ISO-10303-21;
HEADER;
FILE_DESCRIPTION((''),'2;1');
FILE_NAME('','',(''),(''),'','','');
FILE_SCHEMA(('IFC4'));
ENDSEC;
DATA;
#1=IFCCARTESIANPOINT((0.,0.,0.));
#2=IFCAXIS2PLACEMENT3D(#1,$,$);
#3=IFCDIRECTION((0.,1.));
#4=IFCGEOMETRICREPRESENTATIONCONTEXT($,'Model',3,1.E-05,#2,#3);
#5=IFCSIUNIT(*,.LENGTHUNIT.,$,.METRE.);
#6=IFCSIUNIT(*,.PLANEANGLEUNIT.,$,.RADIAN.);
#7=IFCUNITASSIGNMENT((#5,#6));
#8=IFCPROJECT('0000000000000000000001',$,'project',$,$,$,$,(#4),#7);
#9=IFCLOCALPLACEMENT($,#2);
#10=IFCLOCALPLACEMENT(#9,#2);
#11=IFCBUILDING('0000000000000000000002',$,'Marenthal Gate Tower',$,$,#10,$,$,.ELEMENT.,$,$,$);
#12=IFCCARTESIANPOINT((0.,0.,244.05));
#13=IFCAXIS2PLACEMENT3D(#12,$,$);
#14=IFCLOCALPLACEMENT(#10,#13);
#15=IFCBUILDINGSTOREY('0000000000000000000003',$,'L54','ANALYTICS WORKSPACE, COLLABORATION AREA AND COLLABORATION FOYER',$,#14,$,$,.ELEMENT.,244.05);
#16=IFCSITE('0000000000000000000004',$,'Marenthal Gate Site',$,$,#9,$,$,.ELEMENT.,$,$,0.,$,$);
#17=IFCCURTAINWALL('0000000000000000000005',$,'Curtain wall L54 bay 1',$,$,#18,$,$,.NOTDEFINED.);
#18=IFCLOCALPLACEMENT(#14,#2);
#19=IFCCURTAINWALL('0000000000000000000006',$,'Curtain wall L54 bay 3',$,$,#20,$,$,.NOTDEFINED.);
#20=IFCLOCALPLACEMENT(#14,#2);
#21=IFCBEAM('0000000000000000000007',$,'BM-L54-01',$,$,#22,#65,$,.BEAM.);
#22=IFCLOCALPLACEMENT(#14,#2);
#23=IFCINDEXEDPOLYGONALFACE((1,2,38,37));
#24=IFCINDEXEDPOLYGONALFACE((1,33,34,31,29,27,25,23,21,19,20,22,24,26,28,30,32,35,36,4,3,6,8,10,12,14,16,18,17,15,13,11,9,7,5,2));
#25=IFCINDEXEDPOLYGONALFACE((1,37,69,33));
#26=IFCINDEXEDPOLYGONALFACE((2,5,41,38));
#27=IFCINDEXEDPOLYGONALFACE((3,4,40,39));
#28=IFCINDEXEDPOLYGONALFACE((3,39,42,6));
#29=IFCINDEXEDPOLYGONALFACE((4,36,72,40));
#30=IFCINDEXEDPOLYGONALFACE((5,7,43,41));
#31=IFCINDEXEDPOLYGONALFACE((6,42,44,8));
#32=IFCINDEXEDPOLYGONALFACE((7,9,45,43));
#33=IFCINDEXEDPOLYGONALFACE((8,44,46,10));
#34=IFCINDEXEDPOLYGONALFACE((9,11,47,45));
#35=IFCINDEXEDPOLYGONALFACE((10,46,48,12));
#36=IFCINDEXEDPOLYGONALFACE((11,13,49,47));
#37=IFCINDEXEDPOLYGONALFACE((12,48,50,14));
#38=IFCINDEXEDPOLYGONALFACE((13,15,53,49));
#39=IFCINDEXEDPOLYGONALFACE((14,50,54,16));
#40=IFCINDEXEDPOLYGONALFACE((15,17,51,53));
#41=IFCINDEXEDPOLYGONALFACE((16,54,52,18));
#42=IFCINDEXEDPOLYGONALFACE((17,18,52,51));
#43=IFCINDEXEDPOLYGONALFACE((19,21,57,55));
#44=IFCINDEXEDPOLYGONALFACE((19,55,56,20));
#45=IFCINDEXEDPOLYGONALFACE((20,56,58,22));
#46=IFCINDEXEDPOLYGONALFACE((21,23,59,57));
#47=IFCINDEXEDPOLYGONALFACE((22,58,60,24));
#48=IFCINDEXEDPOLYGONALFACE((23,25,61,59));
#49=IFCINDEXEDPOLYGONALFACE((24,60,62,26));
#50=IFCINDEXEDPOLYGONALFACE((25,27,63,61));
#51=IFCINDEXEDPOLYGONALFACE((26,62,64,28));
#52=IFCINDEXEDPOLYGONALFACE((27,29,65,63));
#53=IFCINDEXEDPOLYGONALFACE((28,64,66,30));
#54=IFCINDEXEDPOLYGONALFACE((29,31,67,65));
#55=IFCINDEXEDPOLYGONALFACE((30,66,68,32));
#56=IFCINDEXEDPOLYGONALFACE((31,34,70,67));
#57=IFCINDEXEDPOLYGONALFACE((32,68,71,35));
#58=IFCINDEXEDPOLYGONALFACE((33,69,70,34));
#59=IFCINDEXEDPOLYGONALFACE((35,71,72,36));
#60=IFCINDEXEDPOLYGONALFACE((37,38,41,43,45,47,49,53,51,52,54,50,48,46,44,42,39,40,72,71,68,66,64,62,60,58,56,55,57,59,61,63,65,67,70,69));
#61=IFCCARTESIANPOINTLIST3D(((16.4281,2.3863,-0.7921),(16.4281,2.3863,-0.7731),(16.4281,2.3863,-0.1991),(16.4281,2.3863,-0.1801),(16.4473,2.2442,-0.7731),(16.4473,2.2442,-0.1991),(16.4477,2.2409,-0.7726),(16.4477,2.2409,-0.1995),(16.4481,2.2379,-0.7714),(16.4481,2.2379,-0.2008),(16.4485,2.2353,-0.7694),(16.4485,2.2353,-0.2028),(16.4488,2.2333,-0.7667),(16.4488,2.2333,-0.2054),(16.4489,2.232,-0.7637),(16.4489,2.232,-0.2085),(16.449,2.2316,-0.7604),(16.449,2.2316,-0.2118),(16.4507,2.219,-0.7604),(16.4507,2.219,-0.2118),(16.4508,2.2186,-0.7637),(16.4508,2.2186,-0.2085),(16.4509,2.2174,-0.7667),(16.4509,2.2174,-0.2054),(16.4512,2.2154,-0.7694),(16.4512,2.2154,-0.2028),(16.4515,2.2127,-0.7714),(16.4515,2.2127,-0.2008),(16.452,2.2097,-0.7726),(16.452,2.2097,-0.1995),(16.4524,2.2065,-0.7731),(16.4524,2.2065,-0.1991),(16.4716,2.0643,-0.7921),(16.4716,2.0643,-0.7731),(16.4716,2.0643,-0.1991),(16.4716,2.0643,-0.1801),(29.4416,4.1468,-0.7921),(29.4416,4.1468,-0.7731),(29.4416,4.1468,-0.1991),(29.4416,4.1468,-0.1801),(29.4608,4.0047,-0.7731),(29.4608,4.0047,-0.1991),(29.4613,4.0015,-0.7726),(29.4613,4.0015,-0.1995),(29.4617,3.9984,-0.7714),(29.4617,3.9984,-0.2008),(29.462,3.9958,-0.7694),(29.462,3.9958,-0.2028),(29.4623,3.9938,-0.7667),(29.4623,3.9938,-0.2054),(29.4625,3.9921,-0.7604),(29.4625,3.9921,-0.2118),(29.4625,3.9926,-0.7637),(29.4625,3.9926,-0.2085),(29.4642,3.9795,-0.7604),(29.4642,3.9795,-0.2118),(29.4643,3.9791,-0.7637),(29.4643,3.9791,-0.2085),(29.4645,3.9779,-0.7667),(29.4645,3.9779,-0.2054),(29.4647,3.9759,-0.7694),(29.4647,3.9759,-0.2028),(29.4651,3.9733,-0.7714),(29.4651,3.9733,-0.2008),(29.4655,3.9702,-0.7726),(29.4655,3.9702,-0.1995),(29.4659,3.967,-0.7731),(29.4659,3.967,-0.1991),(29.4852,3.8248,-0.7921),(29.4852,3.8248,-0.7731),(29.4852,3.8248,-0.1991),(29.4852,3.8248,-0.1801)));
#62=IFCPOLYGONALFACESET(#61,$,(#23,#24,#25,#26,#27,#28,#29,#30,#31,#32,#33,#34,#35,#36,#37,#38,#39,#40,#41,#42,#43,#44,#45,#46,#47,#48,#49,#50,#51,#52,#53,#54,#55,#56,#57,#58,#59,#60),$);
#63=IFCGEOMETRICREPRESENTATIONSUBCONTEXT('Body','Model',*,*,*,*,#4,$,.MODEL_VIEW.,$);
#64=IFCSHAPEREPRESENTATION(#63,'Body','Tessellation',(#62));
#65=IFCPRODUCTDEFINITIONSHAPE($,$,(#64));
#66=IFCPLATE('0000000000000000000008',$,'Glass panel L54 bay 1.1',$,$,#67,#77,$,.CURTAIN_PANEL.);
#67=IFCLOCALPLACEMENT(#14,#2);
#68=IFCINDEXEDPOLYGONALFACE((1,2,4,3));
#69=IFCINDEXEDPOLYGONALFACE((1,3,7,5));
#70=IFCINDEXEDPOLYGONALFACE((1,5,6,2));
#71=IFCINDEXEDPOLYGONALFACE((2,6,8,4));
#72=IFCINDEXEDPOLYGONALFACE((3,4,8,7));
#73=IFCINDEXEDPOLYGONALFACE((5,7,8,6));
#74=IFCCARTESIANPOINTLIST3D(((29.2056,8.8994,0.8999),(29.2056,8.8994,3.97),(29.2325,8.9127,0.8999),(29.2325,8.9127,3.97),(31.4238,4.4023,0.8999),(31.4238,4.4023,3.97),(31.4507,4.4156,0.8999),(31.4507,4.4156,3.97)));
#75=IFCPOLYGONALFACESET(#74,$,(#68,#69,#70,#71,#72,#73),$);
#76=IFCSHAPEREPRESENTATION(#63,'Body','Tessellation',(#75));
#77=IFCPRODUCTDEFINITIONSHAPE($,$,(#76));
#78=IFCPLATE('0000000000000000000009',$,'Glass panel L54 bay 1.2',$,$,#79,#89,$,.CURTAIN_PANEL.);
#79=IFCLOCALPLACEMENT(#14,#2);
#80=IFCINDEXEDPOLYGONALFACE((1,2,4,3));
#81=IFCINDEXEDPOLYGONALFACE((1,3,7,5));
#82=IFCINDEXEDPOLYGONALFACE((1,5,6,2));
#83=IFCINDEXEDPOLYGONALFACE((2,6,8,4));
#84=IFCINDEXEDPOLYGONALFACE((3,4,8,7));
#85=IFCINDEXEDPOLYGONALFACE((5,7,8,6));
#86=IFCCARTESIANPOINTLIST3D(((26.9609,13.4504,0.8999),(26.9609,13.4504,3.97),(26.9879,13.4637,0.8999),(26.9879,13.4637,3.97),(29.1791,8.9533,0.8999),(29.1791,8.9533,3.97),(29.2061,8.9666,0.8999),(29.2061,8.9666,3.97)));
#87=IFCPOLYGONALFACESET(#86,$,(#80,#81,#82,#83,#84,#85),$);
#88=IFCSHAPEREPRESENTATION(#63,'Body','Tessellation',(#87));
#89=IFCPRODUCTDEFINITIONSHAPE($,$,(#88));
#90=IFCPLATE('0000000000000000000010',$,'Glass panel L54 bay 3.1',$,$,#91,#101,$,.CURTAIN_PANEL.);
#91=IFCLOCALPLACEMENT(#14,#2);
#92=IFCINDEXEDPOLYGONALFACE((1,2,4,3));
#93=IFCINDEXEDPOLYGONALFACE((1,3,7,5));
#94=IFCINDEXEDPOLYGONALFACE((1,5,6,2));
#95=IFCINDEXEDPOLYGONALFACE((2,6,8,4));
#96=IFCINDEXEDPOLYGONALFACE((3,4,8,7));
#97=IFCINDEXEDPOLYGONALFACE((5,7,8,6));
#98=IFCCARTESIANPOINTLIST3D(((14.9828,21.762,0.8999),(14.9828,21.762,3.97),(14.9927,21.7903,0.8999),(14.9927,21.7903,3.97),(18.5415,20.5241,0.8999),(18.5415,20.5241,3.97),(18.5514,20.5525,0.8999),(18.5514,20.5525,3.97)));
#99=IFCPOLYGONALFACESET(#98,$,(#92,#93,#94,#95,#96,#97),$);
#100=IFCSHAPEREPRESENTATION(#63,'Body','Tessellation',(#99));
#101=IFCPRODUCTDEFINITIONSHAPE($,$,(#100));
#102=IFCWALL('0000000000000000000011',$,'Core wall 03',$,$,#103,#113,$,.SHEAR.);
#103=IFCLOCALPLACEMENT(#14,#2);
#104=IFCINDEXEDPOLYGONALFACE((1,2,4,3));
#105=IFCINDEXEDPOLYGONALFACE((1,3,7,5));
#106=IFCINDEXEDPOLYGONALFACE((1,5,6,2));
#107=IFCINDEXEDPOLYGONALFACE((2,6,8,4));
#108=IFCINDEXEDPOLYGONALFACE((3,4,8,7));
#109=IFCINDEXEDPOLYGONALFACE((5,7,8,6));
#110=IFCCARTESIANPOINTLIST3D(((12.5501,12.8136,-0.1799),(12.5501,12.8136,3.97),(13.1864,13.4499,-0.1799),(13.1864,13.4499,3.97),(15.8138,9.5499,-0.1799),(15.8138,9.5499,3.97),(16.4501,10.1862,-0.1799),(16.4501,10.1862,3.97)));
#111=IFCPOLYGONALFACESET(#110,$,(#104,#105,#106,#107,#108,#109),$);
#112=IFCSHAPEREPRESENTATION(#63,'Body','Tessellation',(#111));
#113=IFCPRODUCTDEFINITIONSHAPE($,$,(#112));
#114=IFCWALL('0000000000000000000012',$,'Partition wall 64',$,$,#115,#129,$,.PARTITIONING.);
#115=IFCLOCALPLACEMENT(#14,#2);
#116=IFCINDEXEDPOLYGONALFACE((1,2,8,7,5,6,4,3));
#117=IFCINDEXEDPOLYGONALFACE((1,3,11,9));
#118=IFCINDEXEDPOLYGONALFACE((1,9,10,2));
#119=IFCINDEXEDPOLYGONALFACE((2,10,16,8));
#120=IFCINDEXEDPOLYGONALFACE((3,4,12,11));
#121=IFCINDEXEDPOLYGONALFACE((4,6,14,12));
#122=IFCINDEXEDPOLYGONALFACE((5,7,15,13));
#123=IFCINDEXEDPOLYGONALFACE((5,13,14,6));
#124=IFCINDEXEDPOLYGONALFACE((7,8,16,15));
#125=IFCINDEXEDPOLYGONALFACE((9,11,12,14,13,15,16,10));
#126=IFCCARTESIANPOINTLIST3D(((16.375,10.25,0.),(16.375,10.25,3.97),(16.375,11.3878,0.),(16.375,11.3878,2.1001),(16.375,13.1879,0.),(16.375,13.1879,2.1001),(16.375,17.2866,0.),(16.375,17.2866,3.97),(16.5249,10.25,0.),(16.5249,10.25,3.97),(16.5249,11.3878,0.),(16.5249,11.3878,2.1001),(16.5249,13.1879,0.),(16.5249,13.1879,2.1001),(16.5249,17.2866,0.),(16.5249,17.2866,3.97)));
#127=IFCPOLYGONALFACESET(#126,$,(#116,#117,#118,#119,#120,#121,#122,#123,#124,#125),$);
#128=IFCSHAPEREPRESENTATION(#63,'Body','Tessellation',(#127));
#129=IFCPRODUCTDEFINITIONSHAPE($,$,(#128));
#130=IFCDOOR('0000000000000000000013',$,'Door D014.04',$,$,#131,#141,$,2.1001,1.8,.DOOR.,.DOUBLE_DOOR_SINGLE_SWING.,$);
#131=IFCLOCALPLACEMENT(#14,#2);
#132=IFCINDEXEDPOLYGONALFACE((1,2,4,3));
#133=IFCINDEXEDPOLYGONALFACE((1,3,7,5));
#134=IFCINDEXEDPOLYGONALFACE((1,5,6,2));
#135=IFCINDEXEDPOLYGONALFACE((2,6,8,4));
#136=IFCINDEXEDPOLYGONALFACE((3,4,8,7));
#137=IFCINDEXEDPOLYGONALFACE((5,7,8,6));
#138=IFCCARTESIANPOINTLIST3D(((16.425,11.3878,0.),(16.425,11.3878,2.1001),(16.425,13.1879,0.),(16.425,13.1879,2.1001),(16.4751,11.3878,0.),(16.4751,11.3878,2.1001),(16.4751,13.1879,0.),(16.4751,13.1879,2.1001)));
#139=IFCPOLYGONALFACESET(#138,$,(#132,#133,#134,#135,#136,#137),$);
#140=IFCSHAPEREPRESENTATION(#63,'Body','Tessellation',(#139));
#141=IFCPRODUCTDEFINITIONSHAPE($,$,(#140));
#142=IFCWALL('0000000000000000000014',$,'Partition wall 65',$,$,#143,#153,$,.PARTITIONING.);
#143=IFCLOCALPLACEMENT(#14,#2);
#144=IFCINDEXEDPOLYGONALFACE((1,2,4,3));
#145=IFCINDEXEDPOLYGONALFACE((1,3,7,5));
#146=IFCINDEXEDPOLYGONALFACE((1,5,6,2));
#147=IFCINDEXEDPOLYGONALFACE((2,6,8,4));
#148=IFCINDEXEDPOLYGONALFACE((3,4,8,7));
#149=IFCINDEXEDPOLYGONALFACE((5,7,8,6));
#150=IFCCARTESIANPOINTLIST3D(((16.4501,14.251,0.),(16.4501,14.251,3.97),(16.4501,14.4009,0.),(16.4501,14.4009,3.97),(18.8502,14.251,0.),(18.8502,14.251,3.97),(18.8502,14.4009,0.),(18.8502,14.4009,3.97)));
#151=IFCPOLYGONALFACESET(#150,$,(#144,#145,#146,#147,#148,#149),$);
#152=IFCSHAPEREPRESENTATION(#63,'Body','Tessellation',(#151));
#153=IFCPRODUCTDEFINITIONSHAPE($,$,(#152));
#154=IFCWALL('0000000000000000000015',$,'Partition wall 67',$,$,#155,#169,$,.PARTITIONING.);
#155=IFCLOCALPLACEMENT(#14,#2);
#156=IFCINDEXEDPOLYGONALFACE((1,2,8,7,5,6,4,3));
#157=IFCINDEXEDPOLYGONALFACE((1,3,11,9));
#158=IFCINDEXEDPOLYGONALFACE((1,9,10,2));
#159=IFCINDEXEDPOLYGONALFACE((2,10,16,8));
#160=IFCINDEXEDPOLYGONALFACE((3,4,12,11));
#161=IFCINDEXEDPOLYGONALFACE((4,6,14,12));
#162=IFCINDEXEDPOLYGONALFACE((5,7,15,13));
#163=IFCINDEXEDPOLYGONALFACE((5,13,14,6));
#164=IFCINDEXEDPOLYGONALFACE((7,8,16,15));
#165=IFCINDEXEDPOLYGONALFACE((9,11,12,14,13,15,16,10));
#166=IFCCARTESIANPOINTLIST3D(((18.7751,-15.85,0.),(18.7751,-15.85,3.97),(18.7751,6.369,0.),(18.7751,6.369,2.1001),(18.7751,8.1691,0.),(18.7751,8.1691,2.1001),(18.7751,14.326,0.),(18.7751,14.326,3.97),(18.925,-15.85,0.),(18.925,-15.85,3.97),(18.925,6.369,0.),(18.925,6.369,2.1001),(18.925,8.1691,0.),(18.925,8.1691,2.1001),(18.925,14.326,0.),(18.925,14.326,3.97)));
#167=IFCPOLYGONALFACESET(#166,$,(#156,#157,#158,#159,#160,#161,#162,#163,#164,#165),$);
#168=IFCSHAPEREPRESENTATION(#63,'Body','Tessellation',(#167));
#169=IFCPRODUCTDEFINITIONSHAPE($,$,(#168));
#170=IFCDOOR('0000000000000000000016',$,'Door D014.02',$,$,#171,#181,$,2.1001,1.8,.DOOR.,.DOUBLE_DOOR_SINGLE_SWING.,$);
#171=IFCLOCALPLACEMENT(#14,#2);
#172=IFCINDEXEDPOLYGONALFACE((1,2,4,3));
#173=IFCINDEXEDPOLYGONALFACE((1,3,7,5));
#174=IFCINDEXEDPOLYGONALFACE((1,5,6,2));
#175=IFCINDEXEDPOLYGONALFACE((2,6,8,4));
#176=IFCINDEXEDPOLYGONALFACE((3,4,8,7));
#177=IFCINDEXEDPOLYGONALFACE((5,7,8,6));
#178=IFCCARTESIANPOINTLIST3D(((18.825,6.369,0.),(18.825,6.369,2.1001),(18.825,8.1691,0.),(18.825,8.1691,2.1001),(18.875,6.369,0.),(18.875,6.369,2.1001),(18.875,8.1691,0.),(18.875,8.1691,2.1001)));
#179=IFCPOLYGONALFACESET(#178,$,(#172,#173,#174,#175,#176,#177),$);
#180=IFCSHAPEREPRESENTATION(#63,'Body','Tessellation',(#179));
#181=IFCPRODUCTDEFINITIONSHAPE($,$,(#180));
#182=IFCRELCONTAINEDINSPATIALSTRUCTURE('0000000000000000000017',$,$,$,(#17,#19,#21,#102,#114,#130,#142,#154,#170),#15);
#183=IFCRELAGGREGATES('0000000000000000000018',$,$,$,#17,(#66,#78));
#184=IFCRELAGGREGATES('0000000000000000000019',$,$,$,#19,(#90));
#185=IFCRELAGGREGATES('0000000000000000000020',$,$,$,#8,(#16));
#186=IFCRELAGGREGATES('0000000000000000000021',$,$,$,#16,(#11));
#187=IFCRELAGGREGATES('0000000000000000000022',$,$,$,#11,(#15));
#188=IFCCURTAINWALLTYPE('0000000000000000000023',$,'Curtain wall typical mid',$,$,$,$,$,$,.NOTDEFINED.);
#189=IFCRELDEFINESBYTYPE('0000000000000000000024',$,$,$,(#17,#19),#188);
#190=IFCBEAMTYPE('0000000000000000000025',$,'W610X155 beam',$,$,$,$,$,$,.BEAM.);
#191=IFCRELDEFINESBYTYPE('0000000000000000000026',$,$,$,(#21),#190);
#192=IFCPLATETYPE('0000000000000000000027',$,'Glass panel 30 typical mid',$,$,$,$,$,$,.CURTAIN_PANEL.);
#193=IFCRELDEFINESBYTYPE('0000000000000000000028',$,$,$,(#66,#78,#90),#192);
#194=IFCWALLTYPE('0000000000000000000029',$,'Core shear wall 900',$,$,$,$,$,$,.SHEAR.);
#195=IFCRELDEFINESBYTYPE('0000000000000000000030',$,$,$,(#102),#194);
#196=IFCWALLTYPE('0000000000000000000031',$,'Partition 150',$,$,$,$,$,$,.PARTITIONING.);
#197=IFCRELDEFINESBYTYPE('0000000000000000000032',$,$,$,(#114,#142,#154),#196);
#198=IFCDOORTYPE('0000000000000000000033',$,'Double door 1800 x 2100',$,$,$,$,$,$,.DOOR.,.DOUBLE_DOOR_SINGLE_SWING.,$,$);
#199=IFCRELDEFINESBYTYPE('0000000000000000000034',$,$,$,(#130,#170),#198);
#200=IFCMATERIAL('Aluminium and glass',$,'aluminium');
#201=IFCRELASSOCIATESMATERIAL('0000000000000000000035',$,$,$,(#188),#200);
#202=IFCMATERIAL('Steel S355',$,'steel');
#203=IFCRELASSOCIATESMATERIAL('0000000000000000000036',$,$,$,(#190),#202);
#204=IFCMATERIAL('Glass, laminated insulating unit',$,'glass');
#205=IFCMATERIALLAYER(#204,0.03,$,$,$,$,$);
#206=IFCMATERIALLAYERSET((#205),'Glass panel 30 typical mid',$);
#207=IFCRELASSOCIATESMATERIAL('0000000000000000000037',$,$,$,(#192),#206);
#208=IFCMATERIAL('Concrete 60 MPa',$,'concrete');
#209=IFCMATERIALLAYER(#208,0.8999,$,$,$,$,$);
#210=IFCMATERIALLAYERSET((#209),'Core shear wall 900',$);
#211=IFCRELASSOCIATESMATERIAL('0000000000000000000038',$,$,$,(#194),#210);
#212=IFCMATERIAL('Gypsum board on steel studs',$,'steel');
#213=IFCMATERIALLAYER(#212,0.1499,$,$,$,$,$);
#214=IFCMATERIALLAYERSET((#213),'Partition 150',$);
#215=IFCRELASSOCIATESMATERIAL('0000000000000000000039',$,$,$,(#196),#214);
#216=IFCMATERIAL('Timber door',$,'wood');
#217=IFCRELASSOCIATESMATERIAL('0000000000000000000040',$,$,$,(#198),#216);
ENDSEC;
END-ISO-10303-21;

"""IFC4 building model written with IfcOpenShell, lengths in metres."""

from ifc_helpers import new_model, si_unit, direction, frame, frame_2d, origin, origin_2d, place, context, subcontext, project, spatial, rectangle, i_section, extrude, material, layer, layer_set, material_profile, profile_set, type_object, element, fill, aggregate, save


model = new_model("IFC4")

# Units and contexts
model_context = context("Model", 3, precision=1e-05, world=origin(), true_north=direction((0.0, 1.0)))
body_context = subcontext(model_context, "Body", "Model", "MODEL_VIEW")
ifc_project = project(units=[si_unit("LENGTHUNIT", "METRE"), si_unit("PLANEANGLEUNIT", "RADIAN")], contexts=[model_context])

# Site, building, storey
site_placement = place(None, origin())
site = spatial("IfcSite", under=ifc_project, at=site_placement, Name="Marenthal Gate Site", CompositionType="ELEMENT", RefElevation=0.0)
building_placement = place(site_placement, origin())
building = spatial("IfcBuilding", under=site, at=building_placement, Name="Marenthal Gate Tower", CompositionType="ELEMENT")
storey_placement = place(building_placement, frame((0.0, 0.0, 244.05)))
storey = spatial("IfcBuildingStorey", under=building, at=storey_placement, Name="L54", Description="ANALYTICS WORKSPACE, COLLABORATION AREA AND COLLABORATION FOYER", CompositionType="ELEMENT", Elevation=244.05)

# Curtain walls
ifc_material_1 = material(Name="Aluminium and glass", Category="aluminium")
curtain_wall_type = type_object("IfcCurtainWallType", Name="Curtain wall typical mid", PredefinedType="NOTDEFINED", material=ifc_material_1)
curtain_wall_1_placement = place(storey_placement, origin())
curtain_wall_1 = element("IfcCurtainWall", 1, at=curtain_wall_1_placement, inside=storey, type_object=curtain_wall_type, Name="Curtain wall L54 bay 1", PredefinedType="NOTDEFINED")
curtain_wall_2_placement = place(storey_placement, origin())
curtain_wall_2 = element("IfcCurtainWall", 2, at=curtain_wall_2_placement, inside=storey, type_object=curtain_wall_type, Name="Curtain wall L54 bay 3", PredefinedType="NOTDEFINED")

# Beam
ifc_material_2 = material(Name="Steel S355", Category="steel")
ifc_material_profile_1 = material_profile(ifc_material_2, i_section(OverallWidth=0.325, OverallDepth=0.6121, WebThickness=0.0127, FlangeThickness=0.019, FilletRadius=0.0127, at=origin_2d()), Name="W610X155")
ifc_profile_set_1 = profile_set([ifc_material_profile_1], Name="Steel S355")
beam_type_1 = type_object("IfcBeamType", Name="W610X155 beam", PredefinedType="BEAM", material=ifc_profile_set_1)
beam_1_placement = place(storey_placement, frame((29.4634, 3.9858, -0.4861), z_axis=(-0.990973, -0.134062, 0.0), x_axis=(0.134062, -0.990973, 0.0)))
element("IfcBeam", 3, at=beam_1_placement, inside=storey, type_object=beam_type_1, Name="BM-L54-01", PredefinedType="BEAM", context=body_context, shape_type="SweptSolid", body=[
    extrude(i_section(OverallWidth=0.325, OverallDepth=0.6121, WebThickness=0.0127, FlangeThickness=0.019, FilletRadius=0.0127, at=origin_2d()), origin(), (0.0, 0.0, 1.0), 13.1321),
])

# Plates
ifc_material_3 = material(Name="Glass, laminated insulating unit", Category="glass")
ifc_layer_1 = layer(ifc_material_3, 0.03)
ifc_layer_set_1 = layer_set([ifc_layer_1], Name="Glass panel 30 typical mid")
plate_type = type_object("IfcPlateType", Name="Glass panel 30 typical mid", PredefinedType="CURTAIN_PANEL", material=ifc_layer_set_1)
plate_1_placement = place(storey_placement, frame((30.3281, 6.6575, 0.8999), z_axis=(0.0, 0.0, 1.0), x_axis=(-0.442364, 0.896835, 0.0)))
plate_1 = element("IfcPlate", 4, at=plate_1_placement, type_object=plate_type, Name="Glass panel L54 bay 1.1", PredefinedType="CURTAIN_PANEL", context=body_context, shape_type="SweptSolid", body=[
    extrude(rectangle(XDim=5.0144, YDim=0.03, at=origin_2d()), origin(), (0.0, 0.0, 1.0), 3.0701),
])
plate_2_placement = place(storey_placement, frame((28.0835, 11.2085, 0.8999), z_axis=(0.0, 0.0, 1.0), x_axis=(-0.442364, 0.896835, 0.0)))
plate_2 = element("IfcPlate", 5, at=plate_2_placement, type_object=plate_type, Name="Glass panel L54 bay 1.2", PredefinedType="CURTAIN_PANEL", context=body_context, shape_type="SweptSolid", body=[
    extrude(rectangle(XDim=5.0144, YDim=0.03, at=origin_2d()), origin(), (0.0, 0.0, 1.0), 3.0701),
])
aggregate(curtain_wall_1, [plate_1, plate_2])
plate_3_placement = place(storey_placement, frame((16.7671, 21.1572, 0.8999), z_axis=(0.0, 0.0, 1.0), x_axis=(-0.94449, 0.32854, 0.0)))
plate_3 = element("IfcPlate", 6, at=plate_3_placement, type_object=plate_type, Name="Glass panel L54 bay 3.1", PredefinedType="CURTAIN_PANEL", context=body_context, shape_type="SweptSolid", body=[
    extrude(rectangle(XDim=3.7678, YDim=0.03, at=origin_2d()), origin(), (0.0, 0.0, 1.0), 3.0701),
])
aggregate(curtain_wall_2, [plate_3])

# Wall
ifc_material_4 = material(Name="Concrete 60 MPa", Category="concrete")
ifc_layer_2 = layer(ifc_material_4, 0.8999)
ifc_layer_set_2 = layer_set([ifc_layer_2], Name="Core shear wall 900")
wall_type_1 = type_object("IfcWallType", Name="Core shear wall 900", PredefinedType="SHEAR", material=ifc_layer_set_2)
wall_1_placement = place(storey_placement, frame((16.1318, 9.8682, -0.1799), z_axis=(0.0, 0.0, 1.0), x_axis=(-0.707107, 0.707107, 0.0)))
element("IfcWall", 7, at=wall_1_placement, inside=storey, type_object=wall_type_1, Name="Core wall 03", PredefinedType="SHEAR", context=body_context, shape_type="SweptSolid", body=[
    extrude(rectangle(XDim=4.6155, YDim=0.8999, at=frame_2d((2.3076, 0.0))), origin(), (0.0, 0.0, 1.0), 4.1499),
])

# Wall, opening, door
ifc_material_5 = material(Name="Gypsum board on steel studs", Category="steel")
ifc_layer_3 = layer(ifc_material_5, 0.1499)
ifc_layer_set_3 = layer_set([ifc_layer_3], Name="Partition 150")
wall_type_2 = type_object("IfcWallType", Name="Partition 150", PredefinedType="PARTITIONING", material=ifc_layer_set_3)
wall_2_placement = place(storey_placement, frame((16.45, 10.25, 0.0), z_axis=(0.0, 0.0, 1.0), x_axis=(0.0, 1.0, 0.0)))
wall_2 = element("IfcWall", 8, at=wall_2_placement, inside=storey, type_object=wall_type_2, Name="Partition wall 64", PredefinedType="PARTITIONING", context=body_context, shape_type="SweptSolid", body=[
    extrude(rectangle(XDim=7.0366, YDim=0.1499, at=frame_2d((3.5183, 0.0))), origin(), (0.0, 0.0, 1.0), 3.97),
])
opening_1_placement = place(wall_2_placement, frame((1.1379, 0.0, 0.0)))
opening_1 = element("IfcOpeningElement", 9, at=opening_1_placement, cuts=wall_2, PredefinedType="OPENING", context=body_context, shape_type="SweptSolid", body=[
    extrude(rectangle(XDim=1.8, YDim=2.1001, at=frame_2d((0.8999, 1.05))), frame((0.0, 0.085, 0.0), z_axis=(0.0, -1.0, 0.0), x_axis=(1.0, 0.0, 0.0)), (0.0, 0.0, 1.0), 0.1699),
])
ifc_material_6 = material(Name="Timber door", Category="wood")
door_type_1 = type_object("IfcDoorType", Name="Double door 1800 x 2100", OperationType="DOUBLE_DOOR_SINGLE_SWING", PredefinedType="DOOR", material=ifc_material_6)
door_1_placement = place(opening_1_placement, origin())
door_1 = element("IfcDoor", 10, at=door_1_placement, inside=storey, type_object=door_type_1, Name="Door D014.04", OperationType="DOUBLE_DOOR_SINGLE_SWING", OverallHeight=2.1001, OverallWidth=1.8, PredefinedType="DOOR", context=body_context, shape_type="SweptSolid", body=[
    extrude(rectangle(XDim=1.8, YDim=2.1001, at=frame_2d((0.8999, 1.05))), frame((0.0, 0.0249, 0.0), z_axis=(0.0, -1.0, 0.0), x_axis=(1.0, 0.0, 0.0)), (0.0, 0.0, 1.0), 0.05),
])
fill(opening_1, door_1)

# Wall
wall_3_placement = place(storey_placement, frame((16.45, 14.3259, 0.0), z_axis=(0.0, 0.0, 1.0), x_axis=(1.0, 0.0, 0.0)))
element("IfcWall", 11, at=wall_3_placement, inside=storey, type_object=wall_type_2, Name="Partition wall 65", PredefinedType="PARTITIONING", context=body_context, shape_type="SweptSolid", body=[
    extrude(rectangle(XDim=2.4001, YDim=0.1499, at=frame_2d((1.2002, 0.0))), origin(), (0.0, 0.0, 1.0), 3.97),
])

# Wall, opening, door
wall_4_placement = place(storey_placement, frame((18.8501, 14.3259, 0.0), z_axis=(0.0, 0.0, 1.0), x_axis=(0.0, -1.0, 0.0)))
wall_4 = element("IfcWall", 12, at=wall_4_placement, inside=storey, type_object=wall_type_2, Name="Partition wall 67", PredefinedType="PARTITIONING", context=body_context, shape_type="SweptSolid", body=[
    extrude(rectangle(XDim=30.176, YDim=0.1499, at=frame_2d((15.0879, 0.0))), origin(), (0.0, 0.0, 1.0), 3.97),
])
opening_2_placement = place(wall_4_placement, frame((6.157, 0.0, 0.0)))
opening_2 = element("IfcOpeningElement", 13, at=opening_2_placement, cuts=wall_4, PredefinedType="OPENING", context=body_context, shape_type="SweptSolid", body=[
    extrude(rectangle(XDim=1.8, YDim=2.1001, at=frame_2d((0.8999, 1.05))), frame((0.0, 0.085, 0.0), z_axis=(0.0, -1.0, 0.0), x_axis=(1.0, 0.0, 0.0)), (0.0, 0.0, 1.0), 0.1699),
])
door_2_placement = place(opening_2_placement, origin())
door_2 = element("IfcDoor", 14, at=door_2_placement, inside=storey, type_object=door_type_1, Name="Door D014.02", OperationType="DOUBLE_DOOR_SINGLE_SWING", OverallHeight=2.1001, OverallWidth=1.8, PredefinedType="DOOR", context=body_context, shape_type="SweptSolid", body=[
    extrude(rectangle(XDim=1.8, YDim=2.1001, at=frame_2d((0.8999, 1.05))), frame((0.0, 0.0249, 0.0), z_axis=(0.0, -1.0, 0.0), x_axis=(1.0, 0.0, 0.0)), (0.0, 0.0, 1.0), 0.05),
])
fill(opening_2, door_2)

save(model, "model.ifc")
